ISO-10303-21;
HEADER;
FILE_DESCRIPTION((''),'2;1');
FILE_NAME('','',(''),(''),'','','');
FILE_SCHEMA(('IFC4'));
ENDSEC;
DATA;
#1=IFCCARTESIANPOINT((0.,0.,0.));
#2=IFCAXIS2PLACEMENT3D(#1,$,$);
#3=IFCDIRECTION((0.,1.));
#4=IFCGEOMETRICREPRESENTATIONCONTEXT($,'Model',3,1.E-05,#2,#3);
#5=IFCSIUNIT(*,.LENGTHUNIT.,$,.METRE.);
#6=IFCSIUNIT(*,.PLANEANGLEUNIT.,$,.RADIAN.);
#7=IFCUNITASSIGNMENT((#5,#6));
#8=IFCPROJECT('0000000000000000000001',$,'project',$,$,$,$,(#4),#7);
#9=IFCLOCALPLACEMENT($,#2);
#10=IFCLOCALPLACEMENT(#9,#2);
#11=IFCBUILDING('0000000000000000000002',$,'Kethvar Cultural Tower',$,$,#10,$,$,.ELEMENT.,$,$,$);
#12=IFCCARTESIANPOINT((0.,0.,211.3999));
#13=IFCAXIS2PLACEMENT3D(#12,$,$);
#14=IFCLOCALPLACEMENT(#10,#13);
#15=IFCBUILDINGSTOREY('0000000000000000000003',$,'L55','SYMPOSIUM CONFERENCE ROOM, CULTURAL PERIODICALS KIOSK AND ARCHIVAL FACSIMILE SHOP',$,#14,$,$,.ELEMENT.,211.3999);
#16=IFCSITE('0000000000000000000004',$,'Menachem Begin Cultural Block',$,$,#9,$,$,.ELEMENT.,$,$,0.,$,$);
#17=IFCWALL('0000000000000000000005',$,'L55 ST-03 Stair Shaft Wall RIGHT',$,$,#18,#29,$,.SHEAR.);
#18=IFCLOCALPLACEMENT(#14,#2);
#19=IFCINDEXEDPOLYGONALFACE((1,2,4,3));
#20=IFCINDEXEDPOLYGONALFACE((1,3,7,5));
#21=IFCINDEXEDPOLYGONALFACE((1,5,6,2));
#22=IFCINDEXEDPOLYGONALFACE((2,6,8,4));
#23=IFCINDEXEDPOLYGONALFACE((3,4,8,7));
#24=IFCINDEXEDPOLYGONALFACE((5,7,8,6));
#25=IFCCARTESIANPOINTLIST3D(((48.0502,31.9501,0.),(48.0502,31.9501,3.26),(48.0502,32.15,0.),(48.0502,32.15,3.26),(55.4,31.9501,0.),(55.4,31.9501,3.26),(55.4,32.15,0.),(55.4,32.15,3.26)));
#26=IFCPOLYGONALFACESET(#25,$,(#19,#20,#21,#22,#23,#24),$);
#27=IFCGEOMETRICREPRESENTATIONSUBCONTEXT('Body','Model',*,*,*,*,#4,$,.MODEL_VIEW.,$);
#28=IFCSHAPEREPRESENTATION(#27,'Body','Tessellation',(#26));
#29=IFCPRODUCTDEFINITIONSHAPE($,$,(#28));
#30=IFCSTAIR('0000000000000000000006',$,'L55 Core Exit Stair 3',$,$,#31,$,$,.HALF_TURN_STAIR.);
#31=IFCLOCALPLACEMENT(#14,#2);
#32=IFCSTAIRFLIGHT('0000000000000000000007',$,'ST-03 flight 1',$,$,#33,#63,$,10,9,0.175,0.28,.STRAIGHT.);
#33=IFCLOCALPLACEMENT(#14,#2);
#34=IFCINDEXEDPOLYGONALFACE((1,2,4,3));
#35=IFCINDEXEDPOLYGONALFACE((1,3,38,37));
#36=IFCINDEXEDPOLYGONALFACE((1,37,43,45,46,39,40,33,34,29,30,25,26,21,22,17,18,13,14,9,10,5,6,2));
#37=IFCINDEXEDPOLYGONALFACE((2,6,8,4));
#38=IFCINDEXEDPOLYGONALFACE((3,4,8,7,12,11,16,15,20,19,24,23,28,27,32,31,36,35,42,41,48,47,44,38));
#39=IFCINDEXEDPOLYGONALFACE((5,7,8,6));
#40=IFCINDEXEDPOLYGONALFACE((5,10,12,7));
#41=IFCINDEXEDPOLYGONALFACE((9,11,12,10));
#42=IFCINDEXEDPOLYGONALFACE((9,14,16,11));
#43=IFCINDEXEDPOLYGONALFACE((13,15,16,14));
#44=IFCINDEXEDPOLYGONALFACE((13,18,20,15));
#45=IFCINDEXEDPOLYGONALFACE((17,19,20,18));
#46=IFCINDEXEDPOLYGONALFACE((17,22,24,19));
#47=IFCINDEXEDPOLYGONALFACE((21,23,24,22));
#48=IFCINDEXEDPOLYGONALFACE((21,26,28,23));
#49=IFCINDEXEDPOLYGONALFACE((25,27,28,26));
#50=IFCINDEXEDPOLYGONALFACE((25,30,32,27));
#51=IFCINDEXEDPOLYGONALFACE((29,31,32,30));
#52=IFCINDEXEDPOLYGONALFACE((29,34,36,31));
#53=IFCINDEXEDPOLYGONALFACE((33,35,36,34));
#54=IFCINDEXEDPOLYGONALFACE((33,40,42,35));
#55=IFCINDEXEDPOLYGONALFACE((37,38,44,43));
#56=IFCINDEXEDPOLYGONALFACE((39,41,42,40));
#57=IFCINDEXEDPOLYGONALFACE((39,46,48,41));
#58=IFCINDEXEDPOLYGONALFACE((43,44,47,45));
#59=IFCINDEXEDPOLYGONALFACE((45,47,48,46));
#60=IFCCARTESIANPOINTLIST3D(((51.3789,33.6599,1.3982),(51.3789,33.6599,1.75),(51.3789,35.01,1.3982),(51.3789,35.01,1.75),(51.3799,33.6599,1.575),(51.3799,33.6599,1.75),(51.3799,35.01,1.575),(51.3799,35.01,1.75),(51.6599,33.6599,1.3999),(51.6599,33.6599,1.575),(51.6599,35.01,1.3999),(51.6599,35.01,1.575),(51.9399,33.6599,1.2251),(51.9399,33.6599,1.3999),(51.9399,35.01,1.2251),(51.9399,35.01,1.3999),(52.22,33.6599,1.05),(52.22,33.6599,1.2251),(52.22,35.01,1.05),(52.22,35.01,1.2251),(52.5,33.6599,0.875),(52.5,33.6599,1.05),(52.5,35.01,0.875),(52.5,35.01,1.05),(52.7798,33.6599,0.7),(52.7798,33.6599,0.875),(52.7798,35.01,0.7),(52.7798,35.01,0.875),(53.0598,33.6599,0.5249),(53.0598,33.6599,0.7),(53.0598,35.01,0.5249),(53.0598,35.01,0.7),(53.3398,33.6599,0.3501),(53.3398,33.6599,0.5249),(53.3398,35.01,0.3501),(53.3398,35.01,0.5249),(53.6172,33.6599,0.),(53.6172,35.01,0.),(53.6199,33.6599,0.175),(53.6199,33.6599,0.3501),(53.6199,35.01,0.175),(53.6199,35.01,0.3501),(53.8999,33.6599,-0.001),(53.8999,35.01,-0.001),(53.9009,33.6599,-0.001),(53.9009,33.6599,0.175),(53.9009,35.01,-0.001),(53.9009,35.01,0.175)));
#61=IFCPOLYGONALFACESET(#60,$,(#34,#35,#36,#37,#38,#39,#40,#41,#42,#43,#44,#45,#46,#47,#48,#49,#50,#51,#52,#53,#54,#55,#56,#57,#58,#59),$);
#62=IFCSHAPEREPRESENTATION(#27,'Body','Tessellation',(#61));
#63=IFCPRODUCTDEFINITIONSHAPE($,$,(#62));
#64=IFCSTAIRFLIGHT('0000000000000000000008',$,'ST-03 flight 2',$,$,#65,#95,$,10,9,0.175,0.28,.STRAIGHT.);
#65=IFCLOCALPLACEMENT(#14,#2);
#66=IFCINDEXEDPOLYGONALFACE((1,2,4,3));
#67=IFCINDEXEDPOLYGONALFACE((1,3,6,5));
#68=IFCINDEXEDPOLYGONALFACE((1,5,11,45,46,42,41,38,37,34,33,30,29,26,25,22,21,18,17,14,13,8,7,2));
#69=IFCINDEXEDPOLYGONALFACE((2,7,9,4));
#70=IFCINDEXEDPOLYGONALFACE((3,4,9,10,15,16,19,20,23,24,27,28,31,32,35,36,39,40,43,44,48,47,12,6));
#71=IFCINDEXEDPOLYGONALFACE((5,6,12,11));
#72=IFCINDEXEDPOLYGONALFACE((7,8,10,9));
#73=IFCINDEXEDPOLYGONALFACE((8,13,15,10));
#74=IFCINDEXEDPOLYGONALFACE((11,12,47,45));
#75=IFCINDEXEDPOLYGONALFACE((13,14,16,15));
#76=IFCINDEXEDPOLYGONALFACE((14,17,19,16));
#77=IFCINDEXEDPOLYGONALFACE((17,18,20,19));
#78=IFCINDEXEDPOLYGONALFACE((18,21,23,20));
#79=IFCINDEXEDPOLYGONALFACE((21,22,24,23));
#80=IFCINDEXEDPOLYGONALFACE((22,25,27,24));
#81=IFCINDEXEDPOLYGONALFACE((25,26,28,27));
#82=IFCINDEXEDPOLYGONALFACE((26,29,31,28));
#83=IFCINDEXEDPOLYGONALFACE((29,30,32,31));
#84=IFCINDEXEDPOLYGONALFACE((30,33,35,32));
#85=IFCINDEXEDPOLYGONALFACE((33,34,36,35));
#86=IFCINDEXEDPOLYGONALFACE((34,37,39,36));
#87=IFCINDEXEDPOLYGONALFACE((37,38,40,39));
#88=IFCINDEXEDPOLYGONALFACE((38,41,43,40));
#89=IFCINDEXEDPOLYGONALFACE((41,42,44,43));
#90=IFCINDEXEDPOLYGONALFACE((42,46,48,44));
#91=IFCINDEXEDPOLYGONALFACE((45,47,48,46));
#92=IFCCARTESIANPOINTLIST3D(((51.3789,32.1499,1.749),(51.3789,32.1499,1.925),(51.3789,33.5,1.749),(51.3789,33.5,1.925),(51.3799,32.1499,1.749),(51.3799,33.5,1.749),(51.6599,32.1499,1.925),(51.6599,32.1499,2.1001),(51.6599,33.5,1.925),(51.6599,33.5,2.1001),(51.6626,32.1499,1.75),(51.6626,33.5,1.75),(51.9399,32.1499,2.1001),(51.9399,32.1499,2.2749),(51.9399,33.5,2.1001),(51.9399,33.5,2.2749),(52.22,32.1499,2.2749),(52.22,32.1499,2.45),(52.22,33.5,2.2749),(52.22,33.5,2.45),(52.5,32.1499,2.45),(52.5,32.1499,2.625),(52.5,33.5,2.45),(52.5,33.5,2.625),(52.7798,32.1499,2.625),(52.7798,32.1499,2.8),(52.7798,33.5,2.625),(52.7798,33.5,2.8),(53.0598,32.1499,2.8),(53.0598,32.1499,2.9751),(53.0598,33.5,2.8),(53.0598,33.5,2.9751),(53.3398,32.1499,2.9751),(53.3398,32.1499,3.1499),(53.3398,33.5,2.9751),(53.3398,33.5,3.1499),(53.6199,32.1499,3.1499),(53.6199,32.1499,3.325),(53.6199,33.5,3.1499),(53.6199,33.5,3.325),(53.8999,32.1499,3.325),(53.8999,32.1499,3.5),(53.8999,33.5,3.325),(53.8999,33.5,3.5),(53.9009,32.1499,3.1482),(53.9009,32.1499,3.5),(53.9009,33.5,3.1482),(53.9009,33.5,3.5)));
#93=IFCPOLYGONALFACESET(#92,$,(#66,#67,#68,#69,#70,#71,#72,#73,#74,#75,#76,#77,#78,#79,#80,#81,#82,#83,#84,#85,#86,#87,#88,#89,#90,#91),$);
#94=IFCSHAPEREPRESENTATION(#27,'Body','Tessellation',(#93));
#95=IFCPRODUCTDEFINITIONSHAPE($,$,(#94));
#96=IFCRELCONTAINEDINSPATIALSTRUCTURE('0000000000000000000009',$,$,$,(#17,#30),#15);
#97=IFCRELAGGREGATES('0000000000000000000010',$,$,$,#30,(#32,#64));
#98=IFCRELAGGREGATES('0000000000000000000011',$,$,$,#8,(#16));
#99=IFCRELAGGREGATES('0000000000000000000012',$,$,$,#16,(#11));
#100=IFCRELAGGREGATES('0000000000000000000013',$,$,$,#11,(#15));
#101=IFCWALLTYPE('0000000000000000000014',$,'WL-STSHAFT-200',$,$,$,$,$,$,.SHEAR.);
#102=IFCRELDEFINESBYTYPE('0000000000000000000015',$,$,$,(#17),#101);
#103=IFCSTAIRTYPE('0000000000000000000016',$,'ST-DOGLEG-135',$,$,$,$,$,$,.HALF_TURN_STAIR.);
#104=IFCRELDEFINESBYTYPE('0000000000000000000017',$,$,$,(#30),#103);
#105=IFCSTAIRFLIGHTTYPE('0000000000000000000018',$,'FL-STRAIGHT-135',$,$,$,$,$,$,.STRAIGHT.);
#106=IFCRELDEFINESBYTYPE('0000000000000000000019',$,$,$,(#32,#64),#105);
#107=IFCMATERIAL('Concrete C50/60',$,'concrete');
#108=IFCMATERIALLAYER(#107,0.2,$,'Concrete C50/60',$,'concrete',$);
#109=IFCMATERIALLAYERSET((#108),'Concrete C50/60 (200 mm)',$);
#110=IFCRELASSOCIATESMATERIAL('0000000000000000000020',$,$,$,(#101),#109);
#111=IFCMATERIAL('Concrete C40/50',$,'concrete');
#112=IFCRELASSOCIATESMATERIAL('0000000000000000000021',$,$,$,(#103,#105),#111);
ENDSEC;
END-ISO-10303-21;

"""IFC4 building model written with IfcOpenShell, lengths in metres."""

from ifc_helpers import new_model, si_unit, direction, frame, frame_2d, origin, place, context, subcontext, project, spatial, polyline, rectangle, outline, extrude, material, layer, layer_set, type_object, element, aggregate, save


model = new_model("IFC4")

# Units and contexts
model_context = context("Model", 3, precision=1e-05, world=origin(), true_north=direction((0.0, 1.0)))
body_context = subcontext(model_context, "Body", "Model", "MODEL_VIEW")
ifc_project = project(units=[si_unit("LENGTHUNIT", "METRE"), si_unit("PLANEANGLEUNIT", "RADIAN")], contexts=[model_context])

# Site, building, storey
site_placement = place(None, origin())
site = spatial("IfcSite", under=ifc_project, at=site_placement, Name="Menachem Begin Cultural Block", CompositionType="ELEMENT", RefElevation=0.0)
building_placement = place(site_placement, origin())
building = spatial("IfcBuilding", under=site, at=building_placement, Name="Kethvar Cultural Tower", CompositionType="ELEMENT")
storey_placement = place(building_placement, frame((0.0, 0.0, 211.3999)))
storey = spatial("IfcBuildingStorey", under=building, at=storey_placement, Name="L55", Description="SYMPOSIUM CONFERENCE ROOM, CULTURAL PERIODICALS KIOSK AND ARCHIVAL FACSIMILE SHOP", CompositionType="ELEMENT", Elevation=211.3999)

# Wall
ifc_material_1 = material(Name="Concrete C40/50", Category="concrete")
ifc_material_2 = material(Name="Concrete C50/60", Category="concrete")
ifc_layer_1 = layer(ifc_material_2, 0.2, Name="Concrete C50/60", Category="concrete")
ifc_layer_set_1 = layer_set([ifc_layer_1], Name="Concrete C50/60 (200 mm)")
wall_type_1 = type_object("IfcWallType", Name="WL-STSHAFT-200", PredefinedType="SHEAR", material=ifc_layer_set_1)
for number, where, z_axis, x_axis, name in (
    (1, (55.3999, 32.05, 0.0), (0.0, 0.0, 1.0), (-1.0, 0.0, 0.0), "L55 ST-03 Stair Shaft Wall RIGHT"),
):
    element("IfcWall", number, at=place(storey_placement, frame(where, z_axis=z_axis, x_axis=x_axis)), inside=storey, type_object=wall_type_1, Name=name, PredefinedType="SHEAR", context=body_context, shape_type="SweptSolid", body=[
        extrude(rectangle(XDim=7.3499, YDim=0.2, at=frame_2d((3.6748, 0.0))), origin(), (0.0, 0.0, 1.0), 3.26),
    ])

# Stair, stair flights
stair_type = type_object("IfcStairType", Name="ST-DOGLEG-135", PredefinedType="HALF_TURN_STAIR", material=ifc_material_1)
stair_placement = place(storey_placement, origin())
stair = element("IfcStair", 2, at=stair_placement, inside=storey, type_object=stair_type, Name="L55 Core Exit Stair 3", PredefinedType="HALF_TURN_STAIR")
stair_flight_type = type_object("IfcStairFlightType", Name="FL-STRAIGHT-135", PredefinedType="STRAIGHT", material=ifc_material_1)
stair_flight_1_placement = place(storey_placement, frame((53.8999, 34.335, 0.0), z_axis=(0.0, 0.0, 1.0), x_axis=(-1.0, 0.0, 0.0)))
stair_flight_1 = element("IfcStairFlight", 3, at=stair_flight_1_placement, type_object=stair_flight_type, Name="ST-03 flight 1", NumberOfRisers=10, NumberOfTreads=9, PredefinedType="STRAIGHT", RiserHeight=0.175, TreadLength=0.28, context=body_context, shape_type="SweptSolid", body=[
    extrude(outline(polyline([(-0.001, -0.001), (-0.001, 0.175), (0.28, 0.175), (0.28, 0.3501), (0.5601, 0.3501), (0.5601, 0.5249), (0.8401, 0.5249), (0.8401, 0.7), (1.1201, 0.7), (1.1201, 0.875), (1.3999, 0.875), (1.3999, 1.05), (1.6799, 1.05), (1.6799, 1.2251), (1.96, 1.2251), (1.96, 1.3999), (2.24, 1.3999), (2.24, 1.575), (2.52, 1.575), (2.52, 1.75), (2.521, 1.75), (2.521, 1.3982), (0.2827, 0.0), (0.0, -0.001), (-0.001, -0.001)])), frame((0.0, 0.675, 0.0), z_axis=(0.0, -1.0, 0.0), x_axis=(1.0, 0.0, 0.0)), (0.0, 0.0, 1.0), 1.3501),
])
stair_flight_2_placement = place(storey_placement, frame((51.3799, 32.825, 1.75), z_axis=(0.0, 0.0, 1.0), x_axis=(1.0, 0.0, 0.0)))
stair_flight_2 = element("IfcStairFlight", 4, at=stair_flight_2_placement, type_object=stair_flight_type, Name="ST-03 flight 2", NumberOfRisers=10, NumberOfTreads=9, PredefinedType="STRAIGHT", RiserHeight=0.175, TreadLength=0.28, context=body_context, shape_type="SweptSolid", body=[
    extrude(outline(polyline([(-0.001, -0.001), (-0.001, 0.175), (0.28, 0.175), (0.28, 0.3501), (0.5601, 0.3501), (0.5601, 0.5249), (0.8401, 0.5249), (0.8401, 0.7), (1.1201, 0.7), (1.1201, 0.875), (1.3999, 0.875), (1.3999, 1.05), (1.6799, 1.05), (1.6799, 1.2251), (1.96, 1.2251), (1.96, 1.3999), (2.24, 1.3999), (2.24, 1.575), (2.52, 1.575), (2.52, 1.75), (2.521, 1.75), (2.521, 1.3982), (0.2827, 0.0), (0.0, -0.001), (-0.001, -0.001)])), frame((0.0, 0.675, 0.0), z_axis=(0.0, -1.0, 0.0), x_axis=(1.0, 0.0, 0.0)), (0.0, 0.0, 1.0), 1.3501),
])
aggregate(stair, [stair_flight_1, stair_flight_2])

save(model, "model.ifc")
